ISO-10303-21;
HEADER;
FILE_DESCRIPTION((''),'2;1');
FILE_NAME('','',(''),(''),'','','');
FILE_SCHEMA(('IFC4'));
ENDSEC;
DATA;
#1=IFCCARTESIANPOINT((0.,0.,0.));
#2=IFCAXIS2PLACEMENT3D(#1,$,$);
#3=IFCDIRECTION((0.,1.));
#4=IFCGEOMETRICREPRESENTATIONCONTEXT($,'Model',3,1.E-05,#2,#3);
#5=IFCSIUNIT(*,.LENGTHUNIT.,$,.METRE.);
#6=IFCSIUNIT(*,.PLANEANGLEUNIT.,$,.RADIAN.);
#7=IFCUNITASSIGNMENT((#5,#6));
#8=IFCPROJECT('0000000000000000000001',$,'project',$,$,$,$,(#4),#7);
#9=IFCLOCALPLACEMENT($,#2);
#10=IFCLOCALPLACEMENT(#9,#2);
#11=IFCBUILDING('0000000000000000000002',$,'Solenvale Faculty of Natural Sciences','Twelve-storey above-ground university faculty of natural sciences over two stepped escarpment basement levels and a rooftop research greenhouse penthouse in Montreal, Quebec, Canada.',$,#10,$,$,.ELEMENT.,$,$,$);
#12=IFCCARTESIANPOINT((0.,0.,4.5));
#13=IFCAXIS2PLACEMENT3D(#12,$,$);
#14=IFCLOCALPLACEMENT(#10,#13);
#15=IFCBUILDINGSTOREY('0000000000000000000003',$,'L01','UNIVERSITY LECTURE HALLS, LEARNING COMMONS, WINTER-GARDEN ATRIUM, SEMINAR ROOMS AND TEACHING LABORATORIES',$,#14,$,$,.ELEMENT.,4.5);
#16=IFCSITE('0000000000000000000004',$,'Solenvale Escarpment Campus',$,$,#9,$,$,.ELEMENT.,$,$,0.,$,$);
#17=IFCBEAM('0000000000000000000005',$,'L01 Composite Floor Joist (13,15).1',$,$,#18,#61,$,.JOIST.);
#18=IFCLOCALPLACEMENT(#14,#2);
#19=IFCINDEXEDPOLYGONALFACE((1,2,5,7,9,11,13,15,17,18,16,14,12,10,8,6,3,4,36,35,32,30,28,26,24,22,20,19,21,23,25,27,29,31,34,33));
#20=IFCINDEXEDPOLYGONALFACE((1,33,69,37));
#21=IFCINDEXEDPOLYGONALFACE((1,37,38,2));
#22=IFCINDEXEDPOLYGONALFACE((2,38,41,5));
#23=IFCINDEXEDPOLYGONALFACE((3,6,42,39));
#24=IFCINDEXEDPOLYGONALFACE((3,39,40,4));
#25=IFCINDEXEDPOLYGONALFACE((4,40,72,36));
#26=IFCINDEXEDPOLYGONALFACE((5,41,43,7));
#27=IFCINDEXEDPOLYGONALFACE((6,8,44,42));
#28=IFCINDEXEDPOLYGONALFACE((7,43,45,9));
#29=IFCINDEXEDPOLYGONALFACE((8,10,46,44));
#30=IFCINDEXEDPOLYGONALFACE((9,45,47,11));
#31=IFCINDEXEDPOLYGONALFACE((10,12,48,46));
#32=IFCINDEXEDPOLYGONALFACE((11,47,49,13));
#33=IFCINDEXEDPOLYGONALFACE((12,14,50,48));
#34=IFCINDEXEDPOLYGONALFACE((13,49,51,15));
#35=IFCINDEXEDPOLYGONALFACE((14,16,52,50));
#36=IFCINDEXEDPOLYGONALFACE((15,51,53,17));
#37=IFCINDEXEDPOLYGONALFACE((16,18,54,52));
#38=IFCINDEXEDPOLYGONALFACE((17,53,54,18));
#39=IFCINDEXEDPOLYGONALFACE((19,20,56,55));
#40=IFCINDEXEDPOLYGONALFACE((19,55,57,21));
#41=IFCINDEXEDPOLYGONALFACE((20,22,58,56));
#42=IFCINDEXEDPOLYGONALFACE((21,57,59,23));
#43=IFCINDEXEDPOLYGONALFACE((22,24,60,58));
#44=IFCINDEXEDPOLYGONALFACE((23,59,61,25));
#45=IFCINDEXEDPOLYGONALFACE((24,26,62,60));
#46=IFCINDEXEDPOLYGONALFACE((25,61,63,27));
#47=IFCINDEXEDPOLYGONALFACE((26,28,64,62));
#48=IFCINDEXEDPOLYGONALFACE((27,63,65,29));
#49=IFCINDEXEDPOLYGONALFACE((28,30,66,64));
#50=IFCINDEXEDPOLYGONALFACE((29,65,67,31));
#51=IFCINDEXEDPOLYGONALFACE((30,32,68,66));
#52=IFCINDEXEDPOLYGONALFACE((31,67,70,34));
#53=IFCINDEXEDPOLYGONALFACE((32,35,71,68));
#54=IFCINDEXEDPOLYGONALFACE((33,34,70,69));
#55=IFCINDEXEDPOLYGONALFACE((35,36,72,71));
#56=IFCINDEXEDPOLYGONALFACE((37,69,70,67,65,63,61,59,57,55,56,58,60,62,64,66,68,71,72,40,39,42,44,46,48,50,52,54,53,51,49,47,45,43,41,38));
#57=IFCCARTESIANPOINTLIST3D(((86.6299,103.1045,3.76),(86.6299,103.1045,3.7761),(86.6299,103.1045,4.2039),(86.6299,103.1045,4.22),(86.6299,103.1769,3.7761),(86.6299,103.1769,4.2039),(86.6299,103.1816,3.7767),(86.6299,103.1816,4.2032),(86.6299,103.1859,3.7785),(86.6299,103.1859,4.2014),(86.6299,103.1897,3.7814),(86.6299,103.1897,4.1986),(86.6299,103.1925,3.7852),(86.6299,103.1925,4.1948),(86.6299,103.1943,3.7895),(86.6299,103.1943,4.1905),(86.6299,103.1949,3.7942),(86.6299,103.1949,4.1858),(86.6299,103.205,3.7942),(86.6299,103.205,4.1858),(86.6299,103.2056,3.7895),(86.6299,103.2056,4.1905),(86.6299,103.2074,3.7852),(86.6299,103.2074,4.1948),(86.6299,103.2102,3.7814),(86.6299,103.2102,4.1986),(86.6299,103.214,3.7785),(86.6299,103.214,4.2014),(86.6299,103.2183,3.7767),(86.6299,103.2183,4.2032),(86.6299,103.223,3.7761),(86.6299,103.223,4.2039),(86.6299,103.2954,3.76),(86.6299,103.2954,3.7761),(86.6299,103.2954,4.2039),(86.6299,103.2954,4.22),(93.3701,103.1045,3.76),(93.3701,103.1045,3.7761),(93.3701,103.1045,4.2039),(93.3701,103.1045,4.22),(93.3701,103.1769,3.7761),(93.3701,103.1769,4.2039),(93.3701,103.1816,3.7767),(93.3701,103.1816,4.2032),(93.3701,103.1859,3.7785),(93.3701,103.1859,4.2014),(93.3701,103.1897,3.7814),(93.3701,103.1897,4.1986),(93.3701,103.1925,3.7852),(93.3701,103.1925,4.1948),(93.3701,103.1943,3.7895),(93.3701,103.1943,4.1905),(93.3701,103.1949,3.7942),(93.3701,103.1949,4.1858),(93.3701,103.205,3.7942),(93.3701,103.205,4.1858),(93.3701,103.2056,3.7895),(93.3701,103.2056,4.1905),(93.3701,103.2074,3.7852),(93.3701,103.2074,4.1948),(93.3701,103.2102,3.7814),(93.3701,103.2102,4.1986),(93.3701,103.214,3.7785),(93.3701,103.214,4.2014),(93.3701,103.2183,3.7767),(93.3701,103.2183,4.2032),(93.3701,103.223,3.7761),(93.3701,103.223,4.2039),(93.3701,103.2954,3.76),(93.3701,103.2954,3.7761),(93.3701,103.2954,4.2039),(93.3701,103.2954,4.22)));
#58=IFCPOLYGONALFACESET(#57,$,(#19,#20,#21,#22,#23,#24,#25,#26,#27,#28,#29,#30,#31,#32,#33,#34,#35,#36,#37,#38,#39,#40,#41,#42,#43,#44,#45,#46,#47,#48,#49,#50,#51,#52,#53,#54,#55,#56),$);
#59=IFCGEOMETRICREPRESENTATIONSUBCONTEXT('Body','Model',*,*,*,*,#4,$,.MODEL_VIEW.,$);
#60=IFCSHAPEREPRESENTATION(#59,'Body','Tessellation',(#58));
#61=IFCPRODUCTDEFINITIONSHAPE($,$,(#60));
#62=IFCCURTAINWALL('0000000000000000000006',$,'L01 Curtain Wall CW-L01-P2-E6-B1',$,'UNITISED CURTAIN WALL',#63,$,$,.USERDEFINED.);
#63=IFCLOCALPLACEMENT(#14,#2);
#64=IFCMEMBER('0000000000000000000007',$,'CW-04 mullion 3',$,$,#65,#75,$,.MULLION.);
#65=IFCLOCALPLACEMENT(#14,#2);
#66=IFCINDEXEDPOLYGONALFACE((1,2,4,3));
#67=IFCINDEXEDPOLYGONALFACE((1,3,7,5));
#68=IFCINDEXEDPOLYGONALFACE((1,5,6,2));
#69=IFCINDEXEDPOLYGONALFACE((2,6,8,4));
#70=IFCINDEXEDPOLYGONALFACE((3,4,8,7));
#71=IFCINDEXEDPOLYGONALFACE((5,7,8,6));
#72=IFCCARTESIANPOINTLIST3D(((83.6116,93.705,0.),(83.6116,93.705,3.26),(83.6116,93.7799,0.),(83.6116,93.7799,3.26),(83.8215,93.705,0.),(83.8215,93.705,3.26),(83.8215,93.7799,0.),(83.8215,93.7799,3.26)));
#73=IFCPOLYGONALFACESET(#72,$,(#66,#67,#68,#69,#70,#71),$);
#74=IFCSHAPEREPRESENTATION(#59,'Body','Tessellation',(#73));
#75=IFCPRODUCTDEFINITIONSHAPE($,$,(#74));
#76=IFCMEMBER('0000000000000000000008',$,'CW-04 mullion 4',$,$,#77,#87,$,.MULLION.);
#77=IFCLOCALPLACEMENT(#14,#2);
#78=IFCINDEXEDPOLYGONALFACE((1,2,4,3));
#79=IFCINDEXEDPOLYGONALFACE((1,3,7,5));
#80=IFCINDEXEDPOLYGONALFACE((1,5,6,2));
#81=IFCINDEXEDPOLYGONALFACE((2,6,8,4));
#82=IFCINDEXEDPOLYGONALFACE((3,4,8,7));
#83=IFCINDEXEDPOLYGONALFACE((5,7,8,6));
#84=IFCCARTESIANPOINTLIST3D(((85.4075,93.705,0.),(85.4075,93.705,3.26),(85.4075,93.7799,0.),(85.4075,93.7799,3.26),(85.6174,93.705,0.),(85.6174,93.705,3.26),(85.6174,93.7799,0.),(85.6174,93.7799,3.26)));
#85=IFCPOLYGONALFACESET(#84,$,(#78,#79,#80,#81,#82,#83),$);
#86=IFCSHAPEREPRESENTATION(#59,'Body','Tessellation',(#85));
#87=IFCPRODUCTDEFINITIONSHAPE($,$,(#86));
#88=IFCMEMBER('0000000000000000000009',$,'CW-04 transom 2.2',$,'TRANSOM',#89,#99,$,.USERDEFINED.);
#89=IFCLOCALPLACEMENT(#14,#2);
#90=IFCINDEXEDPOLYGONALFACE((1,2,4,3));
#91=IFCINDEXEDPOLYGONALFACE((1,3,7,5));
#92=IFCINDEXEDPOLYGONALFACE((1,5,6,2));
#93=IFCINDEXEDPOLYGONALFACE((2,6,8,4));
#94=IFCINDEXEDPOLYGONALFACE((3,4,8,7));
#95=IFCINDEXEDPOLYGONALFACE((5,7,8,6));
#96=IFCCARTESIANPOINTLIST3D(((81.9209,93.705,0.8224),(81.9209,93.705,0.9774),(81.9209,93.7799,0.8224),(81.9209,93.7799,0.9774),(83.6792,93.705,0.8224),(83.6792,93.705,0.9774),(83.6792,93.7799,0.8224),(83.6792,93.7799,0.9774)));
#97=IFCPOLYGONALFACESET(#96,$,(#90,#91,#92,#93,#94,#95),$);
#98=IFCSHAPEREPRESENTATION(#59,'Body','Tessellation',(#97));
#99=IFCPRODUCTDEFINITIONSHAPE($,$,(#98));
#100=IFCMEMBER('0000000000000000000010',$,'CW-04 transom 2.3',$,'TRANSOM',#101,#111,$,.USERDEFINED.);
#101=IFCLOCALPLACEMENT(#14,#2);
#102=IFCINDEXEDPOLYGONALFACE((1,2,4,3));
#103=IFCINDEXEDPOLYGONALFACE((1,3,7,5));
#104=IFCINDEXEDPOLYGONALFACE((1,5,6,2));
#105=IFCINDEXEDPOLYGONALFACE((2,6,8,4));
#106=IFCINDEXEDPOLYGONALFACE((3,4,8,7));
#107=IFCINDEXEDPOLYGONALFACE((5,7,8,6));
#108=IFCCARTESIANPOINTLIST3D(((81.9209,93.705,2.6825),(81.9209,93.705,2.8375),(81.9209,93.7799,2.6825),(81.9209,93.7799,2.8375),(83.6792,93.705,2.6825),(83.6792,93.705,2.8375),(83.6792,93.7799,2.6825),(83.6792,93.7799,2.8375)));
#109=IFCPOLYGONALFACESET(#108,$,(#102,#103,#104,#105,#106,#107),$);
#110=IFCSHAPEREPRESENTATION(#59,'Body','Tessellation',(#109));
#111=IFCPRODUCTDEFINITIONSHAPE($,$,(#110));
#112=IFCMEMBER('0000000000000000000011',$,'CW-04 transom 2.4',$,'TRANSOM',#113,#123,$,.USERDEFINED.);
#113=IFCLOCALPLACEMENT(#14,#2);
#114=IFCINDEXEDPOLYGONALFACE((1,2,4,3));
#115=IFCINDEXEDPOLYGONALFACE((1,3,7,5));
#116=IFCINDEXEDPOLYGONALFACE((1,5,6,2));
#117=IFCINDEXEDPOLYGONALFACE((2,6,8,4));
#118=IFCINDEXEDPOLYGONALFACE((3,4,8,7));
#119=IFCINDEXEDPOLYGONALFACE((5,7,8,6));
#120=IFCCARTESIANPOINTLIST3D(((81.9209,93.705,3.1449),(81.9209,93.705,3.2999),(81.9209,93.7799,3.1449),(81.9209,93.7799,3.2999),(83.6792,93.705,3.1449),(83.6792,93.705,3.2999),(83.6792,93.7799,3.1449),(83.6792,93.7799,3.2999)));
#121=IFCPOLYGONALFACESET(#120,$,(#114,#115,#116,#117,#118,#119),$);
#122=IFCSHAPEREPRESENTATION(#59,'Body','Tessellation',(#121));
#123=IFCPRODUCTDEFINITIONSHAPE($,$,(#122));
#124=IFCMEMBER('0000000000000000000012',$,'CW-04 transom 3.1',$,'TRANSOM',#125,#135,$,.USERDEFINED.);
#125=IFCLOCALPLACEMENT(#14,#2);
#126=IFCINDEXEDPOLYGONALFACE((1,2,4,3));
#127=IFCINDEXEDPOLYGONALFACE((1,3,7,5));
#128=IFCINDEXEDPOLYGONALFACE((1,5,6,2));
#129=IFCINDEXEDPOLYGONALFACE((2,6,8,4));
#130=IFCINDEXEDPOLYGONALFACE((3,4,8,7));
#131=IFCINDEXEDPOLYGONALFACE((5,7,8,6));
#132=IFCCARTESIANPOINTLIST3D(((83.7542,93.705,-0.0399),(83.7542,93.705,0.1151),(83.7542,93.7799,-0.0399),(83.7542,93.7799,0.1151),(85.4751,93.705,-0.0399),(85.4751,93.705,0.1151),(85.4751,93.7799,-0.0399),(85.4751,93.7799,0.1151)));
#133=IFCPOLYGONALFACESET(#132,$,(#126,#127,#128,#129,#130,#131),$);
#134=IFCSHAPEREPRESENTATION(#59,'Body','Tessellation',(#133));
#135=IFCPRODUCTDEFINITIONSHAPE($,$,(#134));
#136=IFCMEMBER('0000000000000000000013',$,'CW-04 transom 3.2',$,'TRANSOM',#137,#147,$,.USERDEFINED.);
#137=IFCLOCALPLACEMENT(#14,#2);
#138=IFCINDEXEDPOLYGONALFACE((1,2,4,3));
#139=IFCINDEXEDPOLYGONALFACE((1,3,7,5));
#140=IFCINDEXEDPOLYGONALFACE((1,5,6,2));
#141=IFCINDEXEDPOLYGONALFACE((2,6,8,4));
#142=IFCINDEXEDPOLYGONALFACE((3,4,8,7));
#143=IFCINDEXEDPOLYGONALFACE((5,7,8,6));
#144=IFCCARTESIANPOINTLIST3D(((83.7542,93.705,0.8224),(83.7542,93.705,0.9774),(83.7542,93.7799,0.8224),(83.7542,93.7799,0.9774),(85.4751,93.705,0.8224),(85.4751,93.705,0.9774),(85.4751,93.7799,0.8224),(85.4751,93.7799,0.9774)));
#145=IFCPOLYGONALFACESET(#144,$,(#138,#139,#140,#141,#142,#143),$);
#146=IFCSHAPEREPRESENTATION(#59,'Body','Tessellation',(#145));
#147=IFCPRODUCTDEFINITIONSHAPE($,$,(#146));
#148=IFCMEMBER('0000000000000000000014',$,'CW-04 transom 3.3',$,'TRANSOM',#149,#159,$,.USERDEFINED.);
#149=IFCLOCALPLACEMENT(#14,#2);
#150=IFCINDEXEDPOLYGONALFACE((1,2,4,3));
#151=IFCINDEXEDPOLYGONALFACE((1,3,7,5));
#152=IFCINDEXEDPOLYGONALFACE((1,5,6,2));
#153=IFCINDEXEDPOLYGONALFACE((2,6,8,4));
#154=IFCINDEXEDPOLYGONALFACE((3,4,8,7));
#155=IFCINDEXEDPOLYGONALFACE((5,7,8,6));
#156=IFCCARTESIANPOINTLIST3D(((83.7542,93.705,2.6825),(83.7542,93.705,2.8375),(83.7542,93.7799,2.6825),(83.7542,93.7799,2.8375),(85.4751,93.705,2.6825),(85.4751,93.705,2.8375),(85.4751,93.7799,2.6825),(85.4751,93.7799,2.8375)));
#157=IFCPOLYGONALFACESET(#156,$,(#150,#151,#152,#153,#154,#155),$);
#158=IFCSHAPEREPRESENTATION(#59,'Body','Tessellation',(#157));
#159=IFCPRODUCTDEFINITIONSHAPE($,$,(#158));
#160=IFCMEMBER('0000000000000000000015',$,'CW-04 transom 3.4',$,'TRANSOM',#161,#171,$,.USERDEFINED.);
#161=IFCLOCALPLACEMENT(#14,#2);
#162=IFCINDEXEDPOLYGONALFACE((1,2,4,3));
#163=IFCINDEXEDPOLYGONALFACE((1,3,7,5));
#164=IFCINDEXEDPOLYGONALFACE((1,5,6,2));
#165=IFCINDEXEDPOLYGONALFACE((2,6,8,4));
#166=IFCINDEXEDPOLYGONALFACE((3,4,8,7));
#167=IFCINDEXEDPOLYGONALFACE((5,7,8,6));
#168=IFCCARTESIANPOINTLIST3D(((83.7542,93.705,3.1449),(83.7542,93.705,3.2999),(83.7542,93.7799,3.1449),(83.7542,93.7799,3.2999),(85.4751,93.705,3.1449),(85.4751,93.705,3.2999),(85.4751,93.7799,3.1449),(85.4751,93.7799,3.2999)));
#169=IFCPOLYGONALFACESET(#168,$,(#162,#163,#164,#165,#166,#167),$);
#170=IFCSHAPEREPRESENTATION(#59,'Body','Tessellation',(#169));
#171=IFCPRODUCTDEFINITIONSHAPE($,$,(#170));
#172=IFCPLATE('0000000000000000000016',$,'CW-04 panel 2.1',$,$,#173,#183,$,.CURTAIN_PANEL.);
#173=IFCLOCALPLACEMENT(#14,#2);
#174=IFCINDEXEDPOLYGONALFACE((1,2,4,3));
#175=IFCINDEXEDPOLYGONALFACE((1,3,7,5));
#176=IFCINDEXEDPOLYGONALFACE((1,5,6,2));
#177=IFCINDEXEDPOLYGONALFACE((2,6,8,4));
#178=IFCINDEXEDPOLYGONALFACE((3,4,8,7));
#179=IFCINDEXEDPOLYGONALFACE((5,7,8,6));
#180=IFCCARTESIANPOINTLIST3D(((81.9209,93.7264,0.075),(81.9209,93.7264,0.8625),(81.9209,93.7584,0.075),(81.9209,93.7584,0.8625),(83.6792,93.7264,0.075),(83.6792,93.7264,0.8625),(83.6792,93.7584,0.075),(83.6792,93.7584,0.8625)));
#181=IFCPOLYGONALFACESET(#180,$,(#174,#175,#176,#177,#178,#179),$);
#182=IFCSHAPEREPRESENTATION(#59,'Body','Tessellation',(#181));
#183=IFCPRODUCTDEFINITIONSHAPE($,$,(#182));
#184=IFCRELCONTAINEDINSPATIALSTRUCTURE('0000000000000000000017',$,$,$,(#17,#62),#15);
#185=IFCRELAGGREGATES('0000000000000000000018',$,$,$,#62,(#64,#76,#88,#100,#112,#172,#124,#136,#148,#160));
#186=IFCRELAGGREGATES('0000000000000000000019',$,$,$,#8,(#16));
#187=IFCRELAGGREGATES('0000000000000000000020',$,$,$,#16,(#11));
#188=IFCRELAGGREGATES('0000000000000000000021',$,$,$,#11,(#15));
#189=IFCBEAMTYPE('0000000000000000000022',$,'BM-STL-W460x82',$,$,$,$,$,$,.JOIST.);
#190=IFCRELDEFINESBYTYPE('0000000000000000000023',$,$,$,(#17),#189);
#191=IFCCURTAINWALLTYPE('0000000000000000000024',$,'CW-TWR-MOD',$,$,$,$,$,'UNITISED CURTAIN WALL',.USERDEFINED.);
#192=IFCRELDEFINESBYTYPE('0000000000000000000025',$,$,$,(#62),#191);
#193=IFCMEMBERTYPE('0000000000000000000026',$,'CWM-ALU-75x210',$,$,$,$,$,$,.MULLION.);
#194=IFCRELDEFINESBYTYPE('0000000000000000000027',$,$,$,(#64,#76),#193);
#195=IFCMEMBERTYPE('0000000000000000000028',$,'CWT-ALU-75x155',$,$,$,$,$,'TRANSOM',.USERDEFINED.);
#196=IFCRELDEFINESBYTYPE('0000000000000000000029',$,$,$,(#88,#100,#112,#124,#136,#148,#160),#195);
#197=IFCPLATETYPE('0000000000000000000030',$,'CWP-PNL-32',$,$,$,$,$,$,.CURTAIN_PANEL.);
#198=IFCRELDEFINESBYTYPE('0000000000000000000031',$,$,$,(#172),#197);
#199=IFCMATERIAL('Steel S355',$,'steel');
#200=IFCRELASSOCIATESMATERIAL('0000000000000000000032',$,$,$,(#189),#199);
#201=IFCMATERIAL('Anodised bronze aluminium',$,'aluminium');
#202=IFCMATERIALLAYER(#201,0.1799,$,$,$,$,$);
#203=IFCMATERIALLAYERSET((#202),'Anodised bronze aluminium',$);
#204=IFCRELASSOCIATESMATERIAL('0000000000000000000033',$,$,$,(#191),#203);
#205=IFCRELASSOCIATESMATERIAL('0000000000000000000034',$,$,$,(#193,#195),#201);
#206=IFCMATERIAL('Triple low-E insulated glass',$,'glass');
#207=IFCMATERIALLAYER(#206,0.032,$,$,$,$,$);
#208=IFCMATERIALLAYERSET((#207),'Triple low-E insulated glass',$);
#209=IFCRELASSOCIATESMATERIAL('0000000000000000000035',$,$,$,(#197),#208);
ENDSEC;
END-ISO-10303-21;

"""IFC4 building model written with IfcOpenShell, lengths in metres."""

from ifc_helpers import new_model, si_unit, direction, frame, origin, origin_2d, place, context, subcontext, project, spatial, rectangle, i_section, extrude, material, layer, layer_set, material_profile, profile_set, type_object, element, aggregate, save


model = new_model("IFC4")

# Units and contexts
model_context = context("Model", 3, precision=1e-05, world=origin(), true_north=direction((0.0, 1.0)))
body_context = subcontext(model_context, "Body", "Model", "MODEL_VIEW")
ifc_project = project(units=[si_unit("LENGTHUNIT", "METRE"), si_unit("PLANEANGLEUNIT", "RADIAN")], contexts=[model_context])

# Site, building, storey
site_placement = place(None, origin())
site = spatial("IfcSite", under=ifc_project, at=site_placement, Name="Solenvale Escarpment Campus", CompositionType="ELEMENT", RefElevation=0.0)
building_placement = place(site_placement, origin())
building = spatial("IfcBuilding", under=site, at=building_placement, Name="Solenvale Faculty of Natural Sciences", Description="Twelve-storey above-ground university faculty of natural sciences over two stepped escarpment basement levels and a rooftop research greenhouse penthouse in Montreal, Quebec, Canada.", CompositionType="ELEMENT")
storey_placement = place(building_placement, frame((0.0, 0.0, 4.5)))
storey = spatial("IfcBuildingStorey", under=building, at=storey_placement, Name="L01", Description="UNIVERSITY LECTURE HALLS, LEARNING COMMONS, WINTER-GARDEN ATRIUM, SEMINAR ROOMS AND TEACHING LABORATORIES", CompositionType="ELEMENT", Elevation=4.5)

# Beam
ifc_material_1 = material(Name="Steel S355", Category="steel")
ifc_material_profile_1 = material_profile(ifc_material_1, i_section(OverallWidth=0.1909, OverallDepth=0.46, WebThickness=0.01, FlangeThickness=0.0161, FilletRadius=0.0181, at=origin_2d()), Name="W460x82")
ifc_profile_set_1 = profile_set([ifc_material_profile_1], Name="Steel S355")
beam_type_1 = type_object("IfcBeamType", Name="BM-STL-W460x82", PredefinedType="JOIST", material=ifc_profile_set_1)
beam_1_placement = place(storey_placement, frame((86.6299, 103.2, 3.99), z_axis=(1.0, 0.0, 0.0), x_axis=(0.0, 1.0, 0.0)))
element("IfcBeam", 1, at=beam_1_placement, inside=storey, type_object=beam_type_1, Name="L01 Composite Floor Joist (13,15).1", PredefinedType="JOIST", context=body_context, shape_type="SweptSolid", body=[
    extrude(i_section(OverallWidth=0.1909, OverallDepth=0.46, WebThickness=0.01, FlangeThickness=0.0161, FilletRadius=0.0181, at=origin_2d()), origin(), (0.0, 0.0, 1.0), 6.7402),
])

# Curtain wall, members, plate
ifc_material_2 = material(Name="Anodised bronze aluminium", Category="aluminium")
ifc_layer_1 = layer(ifc_material_2, 0.1799)
ifc_layer_set_1 = layer_set([ifc_layer_1], Name="Anodised bronze aluminium")
curtain_wall_type = type_object("IfcCurtainWallType", Name="CW-TWR-MOD", ElementType="UNITISED CURTAIN WALL", PredefinedType="USERDEFINED", material=ifc_layer_set_1)
curtain_wall_placement = place(storey_placement, origin())
curtain_wall = element("IfcCurtainWall", 2, at=curtain_wall_placement, inside=storey, type_object=curtain_wall_type, Name="L01 Curtain Wall CW-L01-P2-E6-B1", ObjectType="UNITISED CURTAIN WALL", PredefinedType="USERDEFINED")
ifc_material_profile_2 = material_profile(ifc_material_2, rectangle(XDim=0.075, YDim=0.21, at=origin_2d()), Name="ALU-MUL-75x210")
ifc_profile_set_2 = profile_set([ifc_material_profile_2], Name="Anodised bronze aluminium")
member_type_1 = type_object("IfcMemberType", Name="CWM-ALU-75x210", PredefinedType="MULLION", material=ifc_profile_set_2)
member_1_placement = place(storey_placement, frame((83.7166, 93.7424, 0.0), z_axis=(0.0, 0.0, 1.0), x_axis=(0.0, 1.0, 0.0)))
member_1 = element("IfcMember", 3, at=member_1_placement, type_object=member_type_1, Name="CW-04 mullion 3", PredefinedType="MULLION", context=body_context, shape_type="SweptSolid", body=[
    extrude(rectangle(XDim=0.075, YDim=0.21, at=origin_2d()), origin(), (0.0, 0.0, 1.0), 3.26),
])
member_2_placement = place(storey_placement, frame((85.5125, 93.7424, 0.0), z_axis=(0.0, 0.0, 1.0), x_axis=(0.0, 1.0, 0.0)))
member_2 = element("IfcMember", 4, at=member_2_placement, type_object=member_type_1, Name="CW-04 mullion 4", PredefinedType="MULLION", context=body_context, shape_type="SweptSolid", body=[
    extrude(rectangle(XDim=0.075, YDim=0.21, at=origin_2d()), origin(), (0.0, 0.0, 1.0), 3.26),
])
ifc_material_profile_3 = material_profile(ifc_material_2, rectangle(XDim=0.075, YDim=0.155, at=origin_2d()), Name="ALU-TRN-75x155")
ifc_profile_set_3 = profile_set([ifc_material_profile_3], Name="Anodised bronze aluminium")
member_type_2 = type_object("IfcMemberType", Name="CWT-ALU-75x155", ElementType="TRANSOM", PredefinedType="USERDEFINED", material=ifc_profile_set_3)
member_3_placement = place(storey_placement, frame((81.9209, 93.7424, 0.8999), z_axis=(1.0, 0.0, 0.0), x_axis=(0.0, 1.0, 0.0)))
member_3 = element("IfcMember", 5, at=member_3_placement, type_object=member_type_2, Name="CW-04 transom 2.2", ObjectType="TRANSOM", PredefinedType="USERDEFINED", context=body_context, shape_type="SweptSolid", body=[
    extrude(rectangle(XDim=0.075, YDim=0.155, at=origin_2d()), origin(), (0.0, 0.0, 1.0), 1.7583),
])
member_4_placement = place(storey_placement, frame((81.9209, 93.7424, 2.76), z_axis=(1.0, 0.0, 0.0), x_axis=(0.0, 1.0, 0.0)))
member_4 = element("IfcMember", 6, at=member_4_placement, type_object=member_type_2, Name="CW-04 transom 2.3", ObjectType="TRANSOM", PredefinedType="USERDEFINED", context=body_context, shape_type="SweptSolid", body=[
    extrude(rectangle(XDim=0.075, YDim=0.155, at=origin_2d()), origin(), (0.0, 0.0, 1.0), 1.7583),
])
member_5_placement = place(storey_placement, frame((81.9209, 93.7424, 3.2224), z_axis=(1.0, 0.0, 0.0), x_axis=(0.0, 1.0, 0.0)))
member_5 = element("IfcMember", 7, at=member_5_placement, type_object=member_type_2, Name="CW-04 transom 2.4", ObjectType="TRANSOM", PredefinedType="USERDEFINED", context=body_context, shape_type="SweptSolid", body=[
    extrude(rectangle(XDim=0.075, YDim=0.155, at=origin_2d()), origin(), (0.0, 0.0, 1.0), 1.7583),
])
member_6_placement = place(storey_placement, frame((83.7542, 93.7424, 0.0376), z_axis=(1.0, 0.0, 0.0), x_axis=(0.0, 1.0, 0.0)))
member_6 = element("IfcMember", 8, at=member_6_placement, type_object=member_type_2, Name="CW-04 transom 3.1", ObjectType="TRANSOM", PredefinedType="USERDEFINED", context=body_context, shape_type="SweptSolid", body=[
    extrude(rectangle(XDim=0.075, YDim=0.155, at=origin_2d()), origin(), (0.0, 0.0, 1.0), 1.7209),
])
member_7_placement = place(storey_placement, frame((83.7542, 93.7424, 0.8999), z_axis=(1.0, 0.0, 0.0), x_axis=(0.0, 1.0, 0.0)))
member_7 = element("IfcMember", 9, at=member_7_placement, type_object=member_type_2, Name="CW-04 transom 3.2", ObjectType="TRANSOM", PredefinedType="USERDEFINED", context=body_context, shape_type="SweptSolid", body=[
    extrude(rectangle(XDim=0.075, YDim=0.155, at=origin_2d()), origin(), (0.0, 0.0, 1.0), 1.7209),
])
member_8_placement = place(storey_placement, frame((83.7542, 93.7424, 2.76), z_axis=(1.0, 0.0, 0.0), x_axis=(0.0, 1.0, 0.0)))
member_8 = element("IfcMember", 10, at=member_8_placement, type_object=member_type_2, Name="CW-04 transom 3.3", ObjectType="TRANSOM", PredefinedType="USERDEFINED", context=body_context, shape_type="SweptSolid", body=[
    extrude(rectangle(XDim=0.075, YDim=0.155, at=origin_2d()), origin(), (0.0, 0.0, 1.0), 1.7209),
])
member_9_placement = place(storey_placement, frame((83.7542, 93.7424, 3.2224), z_axis=(1.0, 0.0, 0.0), x_axis=(0.0, 1.0, 0.0)))
member_9 = element("IfcMember", 11, at=member_9_placement, type_object=member_type_2, Name="CW-04 transom 3.4", ObjectType="TRANSOM", PredefinedType="USERDEFINED", context=body_context, shape_type="SweptSolid", body=[
    extrude(rectangle(XDim=0.075, YDim=0.155, at=origin_2d()), origin(), (0.0, 0.0, 1.0), 1.7209),
])
ifc_material_3 = material(Name="Triple low-E insulated glass", Category="glass")
ifc_layer_2 = layer(ifc_material_3, 0.032)
ifc_layer_set_2 = layer_set([ifc_layer_2], Name="Triple low-E insulated glass")
plate_type = type_object("IfcPlateType", Name="CWP-PNL-32", PredefinedType="CURTAIN_PANEL", material=ifc_layer_set_2)
plate_1_placement = place(storey_placement, frame((82.8, 93.7424, 0.075), z_axis=(0.0, 0.0, 1.0), x_axis=(1.0, 0.0, 0.0)))
plate_1 = element("IfcPlate", 12, at=plate_1_placement, type_object=plate_type, Name="CW-04 panel 2.1", PredefinedType="CURTAIN_PANEL", context=body_context, shape_type="SweptSolid", body=[
    extrude(rectangle(XDim=1.7583, YDim=0.032, at=origin_2d()), origin(), (0.0, 0.0, 1.0), 0.7876),
])
aggregate(curtain_wall, [member_1, member_2, member_3, member_4, member_5, plate_1, member_6, member_7, member_8, member_9])

save(model, "model.ifc")
